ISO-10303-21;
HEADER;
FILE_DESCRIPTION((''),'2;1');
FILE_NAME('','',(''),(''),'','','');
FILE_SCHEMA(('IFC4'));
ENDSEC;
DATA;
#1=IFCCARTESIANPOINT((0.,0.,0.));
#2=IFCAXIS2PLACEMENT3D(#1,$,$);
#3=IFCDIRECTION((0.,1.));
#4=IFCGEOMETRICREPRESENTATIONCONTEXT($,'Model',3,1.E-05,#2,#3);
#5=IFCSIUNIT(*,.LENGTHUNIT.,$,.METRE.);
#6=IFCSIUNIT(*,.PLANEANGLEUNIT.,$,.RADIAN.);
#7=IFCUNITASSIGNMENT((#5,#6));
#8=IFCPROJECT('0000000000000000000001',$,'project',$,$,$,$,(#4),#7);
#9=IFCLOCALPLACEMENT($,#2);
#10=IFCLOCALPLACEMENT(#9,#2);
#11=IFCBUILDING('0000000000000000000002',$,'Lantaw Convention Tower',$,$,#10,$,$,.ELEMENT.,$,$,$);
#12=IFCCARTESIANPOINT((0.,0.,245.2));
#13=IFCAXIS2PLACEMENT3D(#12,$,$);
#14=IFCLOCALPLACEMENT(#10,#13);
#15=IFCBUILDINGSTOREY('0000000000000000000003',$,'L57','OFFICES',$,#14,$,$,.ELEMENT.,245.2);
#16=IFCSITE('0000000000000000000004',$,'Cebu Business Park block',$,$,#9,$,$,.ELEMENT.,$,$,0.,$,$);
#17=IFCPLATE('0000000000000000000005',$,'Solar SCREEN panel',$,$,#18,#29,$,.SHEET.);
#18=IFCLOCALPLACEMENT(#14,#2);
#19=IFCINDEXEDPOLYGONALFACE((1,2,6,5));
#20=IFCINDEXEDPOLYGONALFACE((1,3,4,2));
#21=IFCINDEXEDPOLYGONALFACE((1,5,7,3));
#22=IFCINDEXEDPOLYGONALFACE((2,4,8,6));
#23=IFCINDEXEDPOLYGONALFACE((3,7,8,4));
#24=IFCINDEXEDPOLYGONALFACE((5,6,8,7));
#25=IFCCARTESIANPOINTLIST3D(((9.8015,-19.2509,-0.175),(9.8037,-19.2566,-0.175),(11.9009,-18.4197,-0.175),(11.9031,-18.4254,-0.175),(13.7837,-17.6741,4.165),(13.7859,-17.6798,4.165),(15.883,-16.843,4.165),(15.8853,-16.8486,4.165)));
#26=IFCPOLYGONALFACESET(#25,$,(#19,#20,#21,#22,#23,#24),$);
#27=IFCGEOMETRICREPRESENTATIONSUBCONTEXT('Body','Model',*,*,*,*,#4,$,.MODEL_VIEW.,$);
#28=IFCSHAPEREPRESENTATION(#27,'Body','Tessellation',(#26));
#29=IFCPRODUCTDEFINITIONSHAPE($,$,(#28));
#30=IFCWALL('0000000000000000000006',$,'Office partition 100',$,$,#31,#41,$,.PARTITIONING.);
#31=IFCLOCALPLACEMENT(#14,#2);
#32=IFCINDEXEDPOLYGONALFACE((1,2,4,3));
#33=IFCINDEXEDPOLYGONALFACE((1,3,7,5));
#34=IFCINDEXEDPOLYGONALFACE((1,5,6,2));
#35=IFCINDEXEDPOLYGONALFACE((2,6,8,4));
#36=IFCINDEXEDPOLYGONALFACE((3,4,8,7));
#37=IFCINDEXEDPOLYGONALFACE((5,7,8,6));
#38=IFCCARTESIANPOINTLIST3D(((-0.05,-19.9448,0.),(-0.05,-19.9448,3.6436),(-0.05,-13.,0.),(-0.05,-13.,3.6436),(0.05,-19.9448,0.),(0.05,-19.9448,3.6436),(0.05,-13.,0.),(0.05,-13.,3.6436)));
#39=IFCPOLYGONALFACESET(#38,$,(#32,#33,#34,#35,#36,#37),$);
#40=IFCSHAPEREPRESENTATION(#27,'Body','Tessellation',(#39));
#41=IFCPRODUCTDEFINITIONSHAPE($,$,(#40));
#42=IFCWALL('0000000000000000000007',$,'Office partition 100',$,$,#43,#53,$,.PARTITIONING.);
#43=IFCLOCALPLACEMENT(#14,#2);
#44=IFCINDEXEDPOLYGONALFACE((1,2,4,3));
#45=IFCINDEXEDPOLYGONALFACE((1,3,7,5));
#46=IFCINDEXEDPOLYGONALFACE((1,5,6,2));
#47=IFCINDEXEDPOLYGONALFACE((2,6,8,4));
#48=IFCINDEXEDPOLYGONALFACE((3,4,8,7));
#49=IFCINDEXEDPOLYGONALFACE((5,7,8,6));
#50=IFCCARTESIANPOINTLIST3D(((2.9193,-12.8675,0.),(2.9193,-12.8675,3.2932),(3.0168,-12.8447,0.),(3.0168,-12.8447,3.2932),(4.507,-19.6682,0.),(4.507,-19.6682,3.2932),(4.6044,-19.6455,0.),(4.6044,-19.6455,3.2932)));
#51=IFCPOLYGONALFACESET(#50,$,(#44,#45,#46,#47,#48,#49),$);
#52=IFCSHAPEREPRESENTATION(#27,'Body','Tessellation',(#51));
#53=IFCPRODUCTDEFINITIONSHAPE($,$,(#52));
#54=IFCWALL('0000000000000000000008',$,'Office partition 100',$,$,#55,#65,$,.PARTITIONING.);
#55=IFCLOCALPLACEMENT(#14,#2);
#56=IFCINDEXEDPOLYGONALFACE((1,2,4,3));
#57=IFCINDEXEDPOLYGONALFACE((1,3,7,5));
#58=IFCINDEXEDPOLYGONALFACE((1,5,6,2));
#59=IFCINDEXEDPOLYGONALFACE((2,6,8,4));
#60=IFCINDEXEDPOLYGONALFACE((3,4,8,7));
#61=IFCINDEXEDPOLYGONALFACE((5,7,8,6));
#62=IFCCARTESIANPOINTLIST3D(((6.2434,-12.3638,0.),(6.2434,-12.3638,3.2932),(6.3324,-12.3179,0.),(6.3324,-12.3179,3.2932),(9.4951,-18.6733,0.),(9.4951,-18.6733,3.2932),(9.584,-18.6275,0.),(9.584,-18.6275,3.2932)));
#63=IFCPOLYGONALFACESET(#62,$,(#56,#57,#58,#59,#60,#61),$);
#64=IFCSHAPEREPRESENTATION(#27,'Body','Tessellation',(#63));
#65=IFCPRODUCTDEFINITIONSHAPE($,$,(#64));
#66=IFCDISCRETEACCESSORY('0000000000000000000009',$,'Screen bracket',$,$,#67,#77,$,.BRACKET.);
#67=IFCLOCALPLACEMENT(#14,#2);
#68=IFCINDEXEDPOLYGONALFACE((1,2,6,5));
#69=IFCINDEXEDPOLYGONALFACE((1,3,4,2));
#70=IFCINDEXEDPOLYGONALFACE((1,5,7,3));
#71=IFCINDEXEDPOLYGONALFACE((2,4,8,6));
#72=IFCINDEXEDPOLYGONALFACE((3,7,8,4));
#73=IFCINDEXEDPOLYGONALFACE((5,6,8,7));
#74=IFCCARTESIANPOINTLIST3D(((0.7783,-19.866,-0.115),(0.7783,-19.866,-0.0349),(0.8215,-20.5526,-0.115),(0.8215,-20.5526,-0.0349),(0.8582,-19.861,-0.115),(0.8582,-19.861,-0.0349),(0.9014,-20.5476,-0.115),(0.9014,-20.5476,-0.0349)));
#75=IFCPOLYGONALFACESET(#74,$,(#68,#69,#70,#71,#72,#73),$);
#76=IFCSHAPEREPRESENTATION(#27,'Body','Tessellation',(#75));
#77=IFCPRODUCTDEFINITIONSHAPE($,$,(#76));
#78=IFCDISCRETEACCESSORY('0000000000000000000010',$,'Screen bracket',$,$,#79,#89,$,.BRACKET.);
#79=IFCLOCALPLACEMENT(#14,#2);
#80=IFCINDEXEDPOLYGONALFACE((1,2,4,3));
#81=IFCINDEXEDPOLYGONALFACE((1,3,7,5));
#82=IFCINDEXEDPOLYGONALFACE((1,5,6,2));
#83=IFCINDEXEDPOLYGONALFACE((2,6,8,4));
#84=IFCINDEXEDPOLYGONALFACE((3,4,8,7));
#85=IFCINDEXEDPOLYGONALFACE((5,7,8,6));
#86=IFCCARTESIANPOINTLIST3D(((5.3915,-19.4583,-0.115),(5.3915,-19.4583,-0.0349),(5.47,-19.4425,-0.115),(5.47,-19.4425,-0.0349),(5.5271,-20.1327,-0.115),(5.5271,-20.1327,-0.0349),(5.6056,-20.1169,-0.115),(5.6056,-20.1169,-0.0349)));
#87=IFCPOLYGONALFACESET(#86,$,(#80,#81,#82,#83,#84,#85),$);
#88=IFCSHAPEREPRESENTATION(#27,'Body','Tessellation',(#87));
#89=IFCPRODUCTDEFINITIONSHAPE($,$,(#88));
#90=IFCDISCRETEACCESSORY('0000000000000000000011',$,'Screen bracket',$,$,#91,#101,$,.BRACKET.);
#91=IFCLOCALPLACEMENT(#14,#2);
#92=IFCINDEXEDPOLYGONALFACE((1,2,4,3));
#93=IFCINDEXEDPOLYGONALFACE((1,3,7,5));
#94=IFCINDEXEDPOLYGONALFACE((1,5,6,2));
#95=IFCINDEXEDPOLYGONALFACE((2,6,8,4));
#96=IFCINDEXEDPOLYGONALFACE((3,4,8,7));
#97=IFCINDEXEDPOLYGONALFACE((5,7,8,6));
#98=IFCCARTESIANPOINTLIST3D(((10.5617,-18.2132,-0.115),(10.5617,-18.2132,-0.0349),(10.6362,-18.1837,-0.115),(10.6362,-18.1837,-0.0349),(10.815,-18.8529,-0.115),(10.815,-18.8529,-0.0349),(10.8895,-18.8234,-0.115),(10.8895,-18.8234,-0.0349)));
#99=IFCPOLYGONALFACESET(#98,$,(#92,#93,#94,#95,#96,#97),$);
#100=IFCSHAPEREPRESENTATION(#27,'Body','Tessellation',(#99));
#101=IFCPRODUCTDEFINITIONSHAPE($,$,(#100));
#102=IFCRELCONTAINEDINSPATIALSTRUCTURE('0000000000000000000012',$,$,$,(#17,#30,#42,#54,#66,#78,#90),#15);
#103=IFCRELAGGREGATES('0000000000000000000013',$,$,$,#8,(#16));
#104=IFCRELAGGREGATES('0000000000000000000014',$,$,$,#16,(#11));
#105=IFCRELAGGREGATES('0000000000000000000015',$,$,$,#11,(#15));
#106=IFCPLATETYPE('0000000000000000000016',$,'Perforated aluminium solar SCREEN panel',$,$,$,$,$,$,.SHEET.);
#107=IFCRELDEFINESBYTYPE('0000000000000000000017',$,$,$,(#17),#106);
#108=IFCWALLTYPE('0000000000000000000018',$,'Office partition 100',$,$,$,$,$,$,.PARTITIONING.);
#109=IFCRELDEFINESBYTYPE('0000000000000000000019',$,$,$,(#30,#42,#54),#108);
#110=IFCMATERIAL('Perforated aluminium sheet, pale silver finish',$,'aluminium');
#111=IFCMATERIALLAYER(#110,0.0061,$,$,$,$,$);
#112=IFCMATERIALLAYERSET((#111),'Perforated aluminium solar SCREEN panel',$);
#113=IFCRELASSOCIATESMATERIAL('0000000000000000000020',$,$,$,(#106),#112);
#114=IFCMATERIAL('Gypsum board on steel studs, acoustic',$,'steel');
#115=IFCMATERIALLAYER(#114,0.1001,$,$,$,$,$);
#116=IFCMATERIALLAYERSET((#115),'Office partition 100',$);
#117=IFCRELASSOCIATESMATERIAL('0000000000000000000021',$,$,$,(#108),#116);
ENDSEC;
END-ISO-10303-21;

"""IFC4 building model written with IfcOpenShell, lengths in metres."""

from ifc_helpers import new_model, si_unit, direction, frame, frame_2d, origin, origin_2d, place, context, subcontext, project, spatial, polyline, rectangle, outline, extrude, material, layer, layer_set, type_object, element, save


model = new_model("IFC4")

# Units and contexts
model_context = context("Model", 3, precision=1e-05, world=origin(), true_north=direction((0.0, 1.0)))
body_context = subcontext(model_context, "Body", "Model", "MODEL_VIEW")
ifc_project = project(units=[si_unit("LENGTHUNIT", "METRE"), si_unit("PLANEANGLEUNIT", "RADIAN")], contexts=[model_context])

# Site, building, storey
site_placement = place(None, origin())
site = spatial("IfcSite", under=ifc_project, at=site_placement, Name="Cebu Business Park block", CompositionType="ELEMENT", RefElevation=0.0)
building_placement = place(site_placement, origin())
building = spatial("IfcBuilding", under=site, at=building_placement, Name="Lantaw Convention Tower", CompositionType="ELEMENT")
storey_placement = place(building_placement, frame((0.0, 0.0, 245.2)))
storey = spatial("IfcBuildingStorey", under=building, at=storey_placement, Name="L57", Description="OFFICES", CompositionType="ELEMENT", Elevation=245.2)

# Plate
ifc_material_1 = material(Name="Perforated aluminium sheet, pale silver finish", Category="aluminium")
ifc_layer_1 = layer(ifc_material_1, 0.0061)
ifc_layer_set_1 = layer_set([ifc_layer_1], Name="Perforated aluminium solar SCREEN panel")
plate_type_1 = type_object("IfcPlateType", Name="Perforated aluminium solar SCREEN panel", PredefinedType="SHEET", material=ifc_layer_set_1)
plate_1_placement = place(storey_placement, frame((9.8037, -19.2566, -0.175), z_axis=(0.368117, -0.92978, 0.000036), x_axis=(0.92978, 0.368117, 0.0)))
element("IfcPlate", 1, at=plate_1_placement, inside=storey, type_object=plate_type_1, Name="Solar SCREEN panel", PredefinedType="SHEET", context=body_context, shape_type="SweptSolid", body=[
    extrude(outline(polyline([(0.0, 0.0), (2.258, 0.0), (6.5409, 4.3401), (4.283, 4.3401), (0.0, 0.0)])), origin(), (0.0, 0.0, -1.0), 0.0061),
])

# Walls
ifc_material_2 = material(Name="Gypsum board on steel studs, acoustic", Category="steel")
ifc_layer_2 = layer(ifc_material_2, 0.1001)
ifc_layer_set_2 = layer_set([ifc_layer_2], Name="Office partition 100")
wall_type = type_object("IfcWallType", Name="Office partition 100", PredefinedType="PARTITIONING", material=ifc_layer_set_2)
wall_1_placement = place(storey_placement, frame((0.0, -19.9448, 0.0), z_axis=(0.0, 0.0, 1.0), x_axis=(0.0, 1.0, 0.0)))
element("IfcWall", 2, at=wall_1_placement, inside=storey, type_object=wall_type, Name="Office partition 100", PredefinedType="PARTITIONING", context=body_context, shape_type="SweptSolid", body=[
    extrude(rectangle(XDim=6.9448, YDim=0.1001, at=frame_2d((3.4724, 0.0))), origin(), (0.0, 0.0, 1.0), 3.6436),
])
wall_2_placement = place(storey_placement, frame((4.5557, -19.6567, 0.0), z_axis=(0.0, 0.0, 1.0), x_axis=(-0.227338, 0.973816, 0.0)))
element("IfcWall", 3, at=wall_2_placement, inside=storey, type_object=wall_type, Name="Office partition 100", PredefinedType="PARTITIONING", context=body_context, shape_type="SweptSolid", body=[
    extrude(rectangle(XDim=6.9836, YDim=0.1001, at=frame_2d((3.4917, 0.0))), origin(), (0.0, 0.0, 1.0), 3.2932),
])
wall_3_placement = place(storey_placement, frame((9.5396, -18.6504, 0.0), z_axis=(0.0, 0.0, 1.0), x_axis=(-0.458104, 0.888899, 0.0)))
element("IfcWall", 4, at=wall_3_placement, inside=storey, type_object=wall_type, Name="Office partition 100", PredefinedType="PARTITIONING", context=body_context, shape_type="SweptSolid", body=[
    extrude(rectangle(XDim=7.0981, YDim=0.1001, at=frame_2d((3.5491, 0.0))), origin(), (0.0, 0.0, 1.0), 3.2932),
])

# Discrete accessories
for number, where, z_axis, x_axis, name in (
    (5, (0.8398, -20.2068, -0.115), (0.0, 0.0, 1.0), (0.998029, 0.062758, 0.0), "Screen bracket"),
    (6, (5.4985, -19.7876, -0.115), (0.0, 0.0, 1.0), (0.980367, 0.197183, 0.0), "Screen bracket"),
    (7, (10.7256, -18.5183, -0.115), (0.0, 0.0, 1.0), (0.929762, 0.368162, 0.0), "Screen bracket"),
):
    element("IfcDiscreteAccessory", number, at=place(storey_placement, frame(where, z_axis=z_axis, x_axis=x_axis)), inside=storey, Name=name, PredefinedType="BRACKET", context=body_context, shape_type="SweptSolid", body=[
        extrude(rectangle(XDim=0.0801, YDim=0.688, at=origin_2d()), origin(), (0.0, 0.0, 1.0), 0.0801),
    ])

save(model, "model.ifc")
